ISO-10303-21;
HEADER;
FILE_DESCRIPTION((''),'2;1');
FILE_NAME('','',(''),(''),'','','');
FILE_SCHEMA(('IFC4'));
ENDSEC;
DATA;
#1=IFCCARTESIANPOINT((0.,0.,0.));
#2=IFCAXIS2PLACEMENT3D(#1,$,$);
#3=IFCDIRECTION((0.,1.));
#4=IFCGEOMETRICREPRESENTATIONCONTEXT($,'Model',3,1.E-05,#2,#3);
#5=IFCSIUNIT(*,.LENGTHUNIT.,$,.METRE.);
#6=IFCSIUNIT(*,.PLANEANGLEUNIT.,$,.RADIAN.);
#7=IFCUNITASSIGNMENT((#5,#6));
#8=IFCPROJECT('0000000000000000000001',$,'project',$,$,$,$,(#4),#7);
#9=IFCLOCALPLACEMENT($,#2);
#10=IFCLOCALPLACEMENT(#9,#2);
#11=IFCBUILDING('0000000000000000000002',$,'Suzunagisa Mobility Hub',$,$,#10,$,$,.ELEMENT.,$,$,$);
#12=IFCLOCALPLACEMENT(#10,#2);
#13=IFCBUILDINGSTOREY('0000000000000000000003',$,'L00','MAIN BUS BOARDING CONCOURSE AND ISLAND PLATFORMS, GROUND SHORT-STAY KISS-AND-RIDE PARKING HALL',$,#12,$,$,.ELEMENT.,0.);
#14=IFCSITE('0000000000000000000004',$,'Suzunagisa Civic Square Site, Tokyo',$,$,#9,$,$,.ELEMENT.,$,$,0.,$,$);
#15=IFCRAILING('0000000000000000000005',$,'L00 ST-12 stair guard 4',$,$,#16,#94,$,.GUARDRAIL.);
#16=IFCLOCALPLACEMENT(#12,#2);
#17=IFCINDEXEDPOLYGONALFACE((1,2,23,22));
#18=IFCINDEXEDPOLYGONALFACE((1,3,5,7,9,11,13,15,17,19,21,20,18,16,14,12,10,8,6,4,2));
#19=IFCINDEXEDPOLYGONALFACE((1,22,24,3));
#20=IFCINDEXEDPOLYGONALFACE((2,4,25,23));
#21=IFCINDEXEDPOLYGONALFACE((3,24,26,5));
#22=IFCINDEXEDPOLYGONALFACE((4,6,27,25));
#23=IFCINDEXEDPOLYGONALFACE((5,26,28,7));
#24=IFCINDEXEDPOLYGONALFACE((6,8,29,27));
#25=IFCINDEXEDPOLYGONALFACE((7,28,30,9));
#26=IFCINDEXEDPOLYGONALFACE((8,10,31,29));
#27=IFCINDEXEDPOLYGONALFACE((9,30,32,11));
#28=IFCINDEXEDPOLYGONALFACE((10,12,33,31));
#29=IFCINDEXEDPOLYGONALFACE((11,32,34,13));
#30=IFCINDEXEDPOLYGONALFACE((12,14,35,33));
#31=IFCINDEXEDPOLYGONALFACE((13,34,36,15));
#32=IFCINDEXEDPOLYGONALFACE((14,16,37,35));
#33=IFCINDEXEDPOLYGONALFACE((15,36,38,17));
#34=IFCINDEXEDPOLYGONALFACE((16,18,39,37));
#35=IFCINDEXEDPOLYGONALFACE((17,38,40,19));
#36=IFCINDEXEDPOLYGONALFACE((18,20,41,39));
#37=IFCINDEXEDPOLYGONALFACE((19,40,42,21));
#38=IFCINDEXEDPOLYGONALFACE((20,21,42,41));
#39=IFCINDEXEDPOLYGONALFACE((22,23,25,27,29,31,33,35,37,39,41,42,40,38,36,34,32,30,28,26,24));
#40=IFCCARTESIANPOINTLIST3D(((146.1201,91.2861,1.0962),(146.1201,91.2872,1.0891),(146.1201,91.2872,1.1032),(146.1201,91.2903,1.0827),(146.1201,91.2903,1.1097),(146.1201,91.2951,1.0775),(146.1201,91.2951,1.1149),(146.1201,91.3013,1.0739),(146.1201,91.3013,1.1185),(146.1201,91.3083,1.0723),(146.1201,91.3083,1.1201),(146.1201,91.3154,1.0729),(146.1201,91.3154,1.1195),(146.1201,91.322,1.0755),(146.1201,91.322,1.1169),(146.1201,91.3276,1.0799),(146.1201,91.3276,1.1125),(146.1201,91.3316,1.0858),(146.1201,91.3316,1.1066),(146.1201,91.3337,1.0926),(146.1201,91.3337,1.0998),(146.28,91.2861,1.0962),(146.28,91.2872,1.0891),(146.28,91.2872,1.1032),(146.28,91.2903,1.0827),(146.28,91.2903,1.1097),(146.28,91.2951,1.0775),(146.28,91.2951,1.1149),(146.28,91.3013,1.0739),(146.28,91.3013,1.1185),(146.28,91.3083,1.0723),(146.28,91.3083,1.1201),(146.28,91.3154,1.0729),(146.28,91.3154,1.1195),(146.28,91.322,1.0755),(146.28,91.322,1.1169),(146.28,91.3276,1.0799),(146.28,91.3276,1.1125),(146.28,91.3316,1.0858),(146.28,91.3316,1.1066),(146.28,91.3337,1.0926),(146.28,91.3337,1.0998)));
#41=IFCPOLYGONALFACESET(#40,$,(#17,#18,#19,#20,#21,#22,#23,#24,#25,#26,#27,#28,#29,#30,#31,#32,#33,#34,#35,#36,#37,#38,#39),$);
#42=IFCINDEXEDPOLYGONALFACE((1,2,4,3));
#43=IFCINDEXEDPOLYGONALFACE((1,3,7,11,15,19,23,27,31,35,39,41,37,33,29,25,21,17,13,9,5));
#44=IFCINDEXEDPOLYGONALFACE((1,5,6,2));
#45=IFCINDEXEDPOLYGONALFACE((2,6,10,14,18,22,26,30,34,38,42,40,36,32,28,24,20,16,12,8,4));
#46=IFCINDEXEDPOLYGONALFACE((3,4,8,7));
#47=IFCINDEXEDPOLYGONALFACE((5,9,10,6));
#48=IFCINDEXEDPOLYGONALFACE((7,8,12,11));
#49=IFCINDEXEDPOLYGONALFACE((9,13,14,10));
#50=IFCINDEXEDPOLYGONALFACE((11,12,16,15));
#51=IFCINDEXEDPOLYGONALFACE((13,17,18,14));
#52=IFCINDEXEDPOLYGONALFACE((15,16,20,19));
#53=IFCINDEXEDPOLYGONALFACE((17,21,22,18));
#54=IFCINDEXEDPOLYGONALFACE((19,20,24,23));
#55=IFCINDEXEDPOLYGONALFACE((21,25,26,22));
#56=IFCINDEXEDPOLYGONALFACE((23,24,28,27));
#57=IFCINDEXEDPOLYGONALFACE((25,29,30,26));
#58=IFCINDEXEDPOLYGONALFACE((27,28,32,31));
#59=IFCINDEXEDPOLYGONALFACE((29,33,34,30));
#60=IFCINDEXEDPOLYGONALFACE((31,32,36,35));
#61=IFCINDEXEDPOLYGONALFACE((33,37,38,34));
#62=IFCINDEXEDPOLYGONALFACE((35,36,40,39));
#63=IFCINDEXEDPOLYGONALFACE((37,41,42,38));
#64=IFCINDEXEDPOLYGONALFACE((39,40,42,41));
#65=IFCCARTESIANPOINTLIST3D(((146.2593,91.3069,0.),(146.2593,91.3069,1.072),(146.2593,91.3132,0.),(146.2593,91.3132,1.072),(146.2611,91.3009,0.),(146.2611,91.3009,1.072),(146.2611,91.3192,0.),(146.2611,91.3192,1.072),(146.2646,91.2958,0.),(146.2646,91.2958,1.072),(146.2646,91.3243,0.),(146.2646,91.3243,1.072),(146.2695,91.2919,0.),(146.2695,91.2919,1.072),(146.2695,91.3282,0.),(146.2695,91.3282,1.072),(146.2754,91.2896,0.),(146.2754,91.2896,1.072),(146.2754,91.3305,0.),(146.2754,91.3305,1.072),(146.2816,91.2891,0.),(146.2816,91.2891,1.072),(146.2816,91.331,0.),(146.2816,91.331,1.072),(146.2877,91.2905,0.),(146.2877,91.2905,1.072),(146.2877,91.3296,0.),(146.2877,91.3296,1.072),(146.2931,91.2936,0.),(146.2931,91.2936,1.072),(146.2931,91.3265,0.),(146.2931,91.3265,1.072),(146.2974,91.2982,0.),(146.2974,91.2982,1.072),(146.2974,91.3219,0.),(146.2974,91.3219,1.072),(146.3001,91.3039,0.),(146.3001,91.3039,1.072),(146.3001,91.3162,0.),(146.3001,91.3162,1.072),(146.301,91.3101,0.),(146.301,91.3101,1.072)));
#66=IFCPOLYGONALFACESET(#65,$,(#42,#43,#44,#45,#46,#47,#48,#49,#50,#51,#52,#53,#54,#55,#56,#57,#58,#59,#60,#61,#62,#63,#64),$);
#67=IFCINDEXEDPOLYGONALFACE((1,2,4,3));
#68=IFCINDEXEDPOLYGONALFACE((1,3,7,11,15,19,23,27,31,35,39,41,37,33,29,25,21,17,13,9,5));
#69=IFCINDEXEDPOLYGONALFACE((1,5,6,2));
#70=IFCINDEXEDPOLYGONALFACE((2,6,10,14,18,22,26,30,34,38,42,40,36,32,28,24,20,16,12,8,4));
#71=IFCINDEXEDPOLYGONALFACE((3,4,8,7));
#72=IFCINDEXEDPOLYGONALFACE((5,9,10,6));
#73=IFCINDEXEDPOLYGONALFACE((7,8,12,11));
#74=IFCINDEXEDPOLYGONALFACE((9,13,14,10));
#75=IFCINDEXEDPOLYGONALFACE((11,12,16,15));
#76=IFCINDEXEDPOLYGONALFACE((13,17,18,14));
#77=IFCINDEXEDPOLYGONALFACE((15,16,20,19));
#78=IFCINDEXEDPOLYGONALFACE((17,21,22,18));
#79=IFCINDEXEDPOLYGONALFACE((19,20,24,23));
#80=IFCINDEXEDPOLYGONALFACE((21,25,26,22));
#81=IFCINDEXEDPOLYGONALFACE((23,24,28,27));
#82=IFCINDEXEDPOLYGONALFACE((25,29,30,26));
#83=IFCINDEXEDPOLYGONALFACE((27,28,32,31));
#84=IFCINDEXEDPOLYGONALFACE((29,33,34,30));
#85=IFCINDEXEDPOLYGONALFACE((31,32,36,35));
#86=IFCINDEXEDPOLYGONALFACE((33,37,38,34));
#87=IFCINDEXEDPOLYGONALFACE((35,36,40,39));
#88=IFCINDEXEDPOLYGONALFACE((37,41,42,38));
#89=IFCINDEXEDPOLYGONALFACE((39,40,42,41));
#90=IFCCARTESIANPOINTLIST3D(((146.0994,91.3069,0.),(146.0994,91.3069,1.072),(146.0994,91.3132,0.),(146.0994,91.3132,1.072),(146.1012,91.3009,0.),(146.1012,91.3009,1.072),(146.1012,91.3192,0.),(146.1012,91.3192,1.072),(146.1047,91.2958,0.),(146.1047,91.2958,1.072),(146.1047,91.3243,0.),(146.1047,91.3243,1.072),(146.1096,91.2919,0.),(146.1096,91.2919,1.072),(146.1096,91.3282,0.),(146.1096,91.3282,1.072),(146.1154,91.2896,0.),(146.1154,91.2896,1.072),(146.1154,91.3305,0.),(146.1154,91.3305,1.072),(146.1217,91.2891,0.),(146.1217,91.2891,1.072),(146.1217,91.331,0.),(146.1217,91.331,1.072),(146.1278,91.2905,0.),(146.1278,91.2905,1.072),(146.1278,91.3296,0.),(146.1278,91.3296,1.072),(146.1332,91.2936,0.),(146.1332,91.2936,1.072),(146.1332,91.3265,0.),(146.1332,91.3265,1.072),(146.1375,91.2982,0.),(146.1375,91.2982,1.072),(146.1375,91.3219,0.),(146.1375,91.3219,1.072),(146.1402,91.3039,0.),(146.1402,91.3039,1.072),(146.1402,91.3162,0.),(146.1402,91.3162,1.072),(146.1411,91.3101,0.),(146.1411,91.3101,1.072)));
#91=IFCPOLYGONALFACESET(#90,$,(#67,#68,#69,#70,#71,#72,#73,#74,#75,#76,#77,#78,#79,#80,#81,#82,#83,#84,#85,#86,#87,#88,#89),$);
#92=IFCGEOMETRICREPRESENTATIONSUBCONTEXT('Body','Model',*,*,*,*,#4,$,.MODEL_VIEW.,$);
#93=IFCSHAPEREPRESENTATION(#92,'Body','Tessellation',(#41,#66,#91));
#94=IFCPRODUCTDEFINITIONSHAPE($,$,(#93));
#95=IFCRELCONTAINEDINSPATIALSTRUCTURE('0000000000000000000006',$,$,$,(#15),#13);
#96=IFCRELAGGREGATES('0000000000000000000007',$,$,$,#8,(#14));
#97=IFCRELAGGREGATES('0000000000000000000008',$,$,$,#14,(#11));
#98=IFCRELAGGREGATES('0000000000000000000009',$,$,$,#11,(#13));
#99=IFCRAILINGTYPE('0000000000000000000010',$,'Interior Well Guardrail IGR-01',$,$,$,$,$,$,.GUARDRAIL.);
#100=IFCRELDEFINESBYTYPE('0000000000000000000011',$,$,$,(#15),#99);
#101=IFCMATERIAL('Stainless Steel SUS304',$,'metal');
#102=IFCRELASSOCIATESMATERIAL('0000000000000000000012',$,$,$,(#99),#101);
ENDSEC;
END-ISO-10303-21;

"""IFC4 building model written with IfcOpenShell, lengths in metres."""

from ifc_helpers import new_model, si_unit, direction, frame, origin, origin_2d, place, context, subcontext, project, spatial, circle, extrude, material, type_object, element, save


model = new_model("IFC4")

# Units and contexts
model_context = context("Model", 3, precision=1e-05, world=origin(), true_north=direction((0.0, 1.0)))
body_context = subcontext(model_context, "Body", "Model", "MODEL_VIEW")
ifc_project = project(units=[si_unit("LENGTHUNIT", "METRE"), si_unit("PLANEANGLEUNIT", "RADIAN")], contexts=[model_context])

# Site, building, storey
site_placement = place(None, origin())
site = spatial("IfcSite", under=ifc_project, at=site_placement, Name="Suzunagisa Civic Square Site, Tokyo", CompositionType="ELEMENT", RefElevation=0.0)
building_placement = place(site_placement, origin())
building = spatial("IfcBuilding", under=site, at=building_placement, Name="Suzunagisa Mobility Hub", CompositionType="ELEMENT")
storey_placement = place(building_placement, origin())
storey = spatial("IfcBuildingStorey", under=building, at=storey_placement, Name="L00", Description="MAIN BUS BOARDING CONCOURSE AND ISLAND PLATFORMS, GROUND SHORT-STAY KISS-AND-RIDE PARKING HALL", CompositionType="ELEMENT", Elevation=0.0)

# Railing
ifc_material_1 = material(Name="Stainless Steel SUS304", Category="metal")
railing_type = type_object("IfcRailingType", Name="Interior Well Guardrail IGR-01", PredefinedType="GUARDRAIL", material=ifc_material_1)
railing_1_placement = place(storey_placement, frame((146.28, 91.3101, 0.0)))
element("IfcRailing", 1, at=railing_1_placement, inside=storey, type_object=railing_type, Name="L00 ST-12 stair guard 4", PredefinedType="GUARDRAIL", context=body_context, shape_type="SweptSolid", body=[
    extrude(circle(Radius=0.0239, at=origin_2d()), frame((0.0, 0.0, 1.0962), z_axis=(-1.0, 0.0, 0.0), x_axis=(0.0, -1.0, 0.0)), (0.0, 0.0, 1.0), 0.1599),
    extrude(circle(Radius=0.021, at=origin_2d()), origin(), (0.0, 0.0, 1.0), 1.072),
    extrude(circle(Radius=0.021, at=origin_2d()), frame((-0.1599, 0.0, 0.0)), (0.0, 0.0, 1.0), 1.072),
])

save(model, "model.ifc")
